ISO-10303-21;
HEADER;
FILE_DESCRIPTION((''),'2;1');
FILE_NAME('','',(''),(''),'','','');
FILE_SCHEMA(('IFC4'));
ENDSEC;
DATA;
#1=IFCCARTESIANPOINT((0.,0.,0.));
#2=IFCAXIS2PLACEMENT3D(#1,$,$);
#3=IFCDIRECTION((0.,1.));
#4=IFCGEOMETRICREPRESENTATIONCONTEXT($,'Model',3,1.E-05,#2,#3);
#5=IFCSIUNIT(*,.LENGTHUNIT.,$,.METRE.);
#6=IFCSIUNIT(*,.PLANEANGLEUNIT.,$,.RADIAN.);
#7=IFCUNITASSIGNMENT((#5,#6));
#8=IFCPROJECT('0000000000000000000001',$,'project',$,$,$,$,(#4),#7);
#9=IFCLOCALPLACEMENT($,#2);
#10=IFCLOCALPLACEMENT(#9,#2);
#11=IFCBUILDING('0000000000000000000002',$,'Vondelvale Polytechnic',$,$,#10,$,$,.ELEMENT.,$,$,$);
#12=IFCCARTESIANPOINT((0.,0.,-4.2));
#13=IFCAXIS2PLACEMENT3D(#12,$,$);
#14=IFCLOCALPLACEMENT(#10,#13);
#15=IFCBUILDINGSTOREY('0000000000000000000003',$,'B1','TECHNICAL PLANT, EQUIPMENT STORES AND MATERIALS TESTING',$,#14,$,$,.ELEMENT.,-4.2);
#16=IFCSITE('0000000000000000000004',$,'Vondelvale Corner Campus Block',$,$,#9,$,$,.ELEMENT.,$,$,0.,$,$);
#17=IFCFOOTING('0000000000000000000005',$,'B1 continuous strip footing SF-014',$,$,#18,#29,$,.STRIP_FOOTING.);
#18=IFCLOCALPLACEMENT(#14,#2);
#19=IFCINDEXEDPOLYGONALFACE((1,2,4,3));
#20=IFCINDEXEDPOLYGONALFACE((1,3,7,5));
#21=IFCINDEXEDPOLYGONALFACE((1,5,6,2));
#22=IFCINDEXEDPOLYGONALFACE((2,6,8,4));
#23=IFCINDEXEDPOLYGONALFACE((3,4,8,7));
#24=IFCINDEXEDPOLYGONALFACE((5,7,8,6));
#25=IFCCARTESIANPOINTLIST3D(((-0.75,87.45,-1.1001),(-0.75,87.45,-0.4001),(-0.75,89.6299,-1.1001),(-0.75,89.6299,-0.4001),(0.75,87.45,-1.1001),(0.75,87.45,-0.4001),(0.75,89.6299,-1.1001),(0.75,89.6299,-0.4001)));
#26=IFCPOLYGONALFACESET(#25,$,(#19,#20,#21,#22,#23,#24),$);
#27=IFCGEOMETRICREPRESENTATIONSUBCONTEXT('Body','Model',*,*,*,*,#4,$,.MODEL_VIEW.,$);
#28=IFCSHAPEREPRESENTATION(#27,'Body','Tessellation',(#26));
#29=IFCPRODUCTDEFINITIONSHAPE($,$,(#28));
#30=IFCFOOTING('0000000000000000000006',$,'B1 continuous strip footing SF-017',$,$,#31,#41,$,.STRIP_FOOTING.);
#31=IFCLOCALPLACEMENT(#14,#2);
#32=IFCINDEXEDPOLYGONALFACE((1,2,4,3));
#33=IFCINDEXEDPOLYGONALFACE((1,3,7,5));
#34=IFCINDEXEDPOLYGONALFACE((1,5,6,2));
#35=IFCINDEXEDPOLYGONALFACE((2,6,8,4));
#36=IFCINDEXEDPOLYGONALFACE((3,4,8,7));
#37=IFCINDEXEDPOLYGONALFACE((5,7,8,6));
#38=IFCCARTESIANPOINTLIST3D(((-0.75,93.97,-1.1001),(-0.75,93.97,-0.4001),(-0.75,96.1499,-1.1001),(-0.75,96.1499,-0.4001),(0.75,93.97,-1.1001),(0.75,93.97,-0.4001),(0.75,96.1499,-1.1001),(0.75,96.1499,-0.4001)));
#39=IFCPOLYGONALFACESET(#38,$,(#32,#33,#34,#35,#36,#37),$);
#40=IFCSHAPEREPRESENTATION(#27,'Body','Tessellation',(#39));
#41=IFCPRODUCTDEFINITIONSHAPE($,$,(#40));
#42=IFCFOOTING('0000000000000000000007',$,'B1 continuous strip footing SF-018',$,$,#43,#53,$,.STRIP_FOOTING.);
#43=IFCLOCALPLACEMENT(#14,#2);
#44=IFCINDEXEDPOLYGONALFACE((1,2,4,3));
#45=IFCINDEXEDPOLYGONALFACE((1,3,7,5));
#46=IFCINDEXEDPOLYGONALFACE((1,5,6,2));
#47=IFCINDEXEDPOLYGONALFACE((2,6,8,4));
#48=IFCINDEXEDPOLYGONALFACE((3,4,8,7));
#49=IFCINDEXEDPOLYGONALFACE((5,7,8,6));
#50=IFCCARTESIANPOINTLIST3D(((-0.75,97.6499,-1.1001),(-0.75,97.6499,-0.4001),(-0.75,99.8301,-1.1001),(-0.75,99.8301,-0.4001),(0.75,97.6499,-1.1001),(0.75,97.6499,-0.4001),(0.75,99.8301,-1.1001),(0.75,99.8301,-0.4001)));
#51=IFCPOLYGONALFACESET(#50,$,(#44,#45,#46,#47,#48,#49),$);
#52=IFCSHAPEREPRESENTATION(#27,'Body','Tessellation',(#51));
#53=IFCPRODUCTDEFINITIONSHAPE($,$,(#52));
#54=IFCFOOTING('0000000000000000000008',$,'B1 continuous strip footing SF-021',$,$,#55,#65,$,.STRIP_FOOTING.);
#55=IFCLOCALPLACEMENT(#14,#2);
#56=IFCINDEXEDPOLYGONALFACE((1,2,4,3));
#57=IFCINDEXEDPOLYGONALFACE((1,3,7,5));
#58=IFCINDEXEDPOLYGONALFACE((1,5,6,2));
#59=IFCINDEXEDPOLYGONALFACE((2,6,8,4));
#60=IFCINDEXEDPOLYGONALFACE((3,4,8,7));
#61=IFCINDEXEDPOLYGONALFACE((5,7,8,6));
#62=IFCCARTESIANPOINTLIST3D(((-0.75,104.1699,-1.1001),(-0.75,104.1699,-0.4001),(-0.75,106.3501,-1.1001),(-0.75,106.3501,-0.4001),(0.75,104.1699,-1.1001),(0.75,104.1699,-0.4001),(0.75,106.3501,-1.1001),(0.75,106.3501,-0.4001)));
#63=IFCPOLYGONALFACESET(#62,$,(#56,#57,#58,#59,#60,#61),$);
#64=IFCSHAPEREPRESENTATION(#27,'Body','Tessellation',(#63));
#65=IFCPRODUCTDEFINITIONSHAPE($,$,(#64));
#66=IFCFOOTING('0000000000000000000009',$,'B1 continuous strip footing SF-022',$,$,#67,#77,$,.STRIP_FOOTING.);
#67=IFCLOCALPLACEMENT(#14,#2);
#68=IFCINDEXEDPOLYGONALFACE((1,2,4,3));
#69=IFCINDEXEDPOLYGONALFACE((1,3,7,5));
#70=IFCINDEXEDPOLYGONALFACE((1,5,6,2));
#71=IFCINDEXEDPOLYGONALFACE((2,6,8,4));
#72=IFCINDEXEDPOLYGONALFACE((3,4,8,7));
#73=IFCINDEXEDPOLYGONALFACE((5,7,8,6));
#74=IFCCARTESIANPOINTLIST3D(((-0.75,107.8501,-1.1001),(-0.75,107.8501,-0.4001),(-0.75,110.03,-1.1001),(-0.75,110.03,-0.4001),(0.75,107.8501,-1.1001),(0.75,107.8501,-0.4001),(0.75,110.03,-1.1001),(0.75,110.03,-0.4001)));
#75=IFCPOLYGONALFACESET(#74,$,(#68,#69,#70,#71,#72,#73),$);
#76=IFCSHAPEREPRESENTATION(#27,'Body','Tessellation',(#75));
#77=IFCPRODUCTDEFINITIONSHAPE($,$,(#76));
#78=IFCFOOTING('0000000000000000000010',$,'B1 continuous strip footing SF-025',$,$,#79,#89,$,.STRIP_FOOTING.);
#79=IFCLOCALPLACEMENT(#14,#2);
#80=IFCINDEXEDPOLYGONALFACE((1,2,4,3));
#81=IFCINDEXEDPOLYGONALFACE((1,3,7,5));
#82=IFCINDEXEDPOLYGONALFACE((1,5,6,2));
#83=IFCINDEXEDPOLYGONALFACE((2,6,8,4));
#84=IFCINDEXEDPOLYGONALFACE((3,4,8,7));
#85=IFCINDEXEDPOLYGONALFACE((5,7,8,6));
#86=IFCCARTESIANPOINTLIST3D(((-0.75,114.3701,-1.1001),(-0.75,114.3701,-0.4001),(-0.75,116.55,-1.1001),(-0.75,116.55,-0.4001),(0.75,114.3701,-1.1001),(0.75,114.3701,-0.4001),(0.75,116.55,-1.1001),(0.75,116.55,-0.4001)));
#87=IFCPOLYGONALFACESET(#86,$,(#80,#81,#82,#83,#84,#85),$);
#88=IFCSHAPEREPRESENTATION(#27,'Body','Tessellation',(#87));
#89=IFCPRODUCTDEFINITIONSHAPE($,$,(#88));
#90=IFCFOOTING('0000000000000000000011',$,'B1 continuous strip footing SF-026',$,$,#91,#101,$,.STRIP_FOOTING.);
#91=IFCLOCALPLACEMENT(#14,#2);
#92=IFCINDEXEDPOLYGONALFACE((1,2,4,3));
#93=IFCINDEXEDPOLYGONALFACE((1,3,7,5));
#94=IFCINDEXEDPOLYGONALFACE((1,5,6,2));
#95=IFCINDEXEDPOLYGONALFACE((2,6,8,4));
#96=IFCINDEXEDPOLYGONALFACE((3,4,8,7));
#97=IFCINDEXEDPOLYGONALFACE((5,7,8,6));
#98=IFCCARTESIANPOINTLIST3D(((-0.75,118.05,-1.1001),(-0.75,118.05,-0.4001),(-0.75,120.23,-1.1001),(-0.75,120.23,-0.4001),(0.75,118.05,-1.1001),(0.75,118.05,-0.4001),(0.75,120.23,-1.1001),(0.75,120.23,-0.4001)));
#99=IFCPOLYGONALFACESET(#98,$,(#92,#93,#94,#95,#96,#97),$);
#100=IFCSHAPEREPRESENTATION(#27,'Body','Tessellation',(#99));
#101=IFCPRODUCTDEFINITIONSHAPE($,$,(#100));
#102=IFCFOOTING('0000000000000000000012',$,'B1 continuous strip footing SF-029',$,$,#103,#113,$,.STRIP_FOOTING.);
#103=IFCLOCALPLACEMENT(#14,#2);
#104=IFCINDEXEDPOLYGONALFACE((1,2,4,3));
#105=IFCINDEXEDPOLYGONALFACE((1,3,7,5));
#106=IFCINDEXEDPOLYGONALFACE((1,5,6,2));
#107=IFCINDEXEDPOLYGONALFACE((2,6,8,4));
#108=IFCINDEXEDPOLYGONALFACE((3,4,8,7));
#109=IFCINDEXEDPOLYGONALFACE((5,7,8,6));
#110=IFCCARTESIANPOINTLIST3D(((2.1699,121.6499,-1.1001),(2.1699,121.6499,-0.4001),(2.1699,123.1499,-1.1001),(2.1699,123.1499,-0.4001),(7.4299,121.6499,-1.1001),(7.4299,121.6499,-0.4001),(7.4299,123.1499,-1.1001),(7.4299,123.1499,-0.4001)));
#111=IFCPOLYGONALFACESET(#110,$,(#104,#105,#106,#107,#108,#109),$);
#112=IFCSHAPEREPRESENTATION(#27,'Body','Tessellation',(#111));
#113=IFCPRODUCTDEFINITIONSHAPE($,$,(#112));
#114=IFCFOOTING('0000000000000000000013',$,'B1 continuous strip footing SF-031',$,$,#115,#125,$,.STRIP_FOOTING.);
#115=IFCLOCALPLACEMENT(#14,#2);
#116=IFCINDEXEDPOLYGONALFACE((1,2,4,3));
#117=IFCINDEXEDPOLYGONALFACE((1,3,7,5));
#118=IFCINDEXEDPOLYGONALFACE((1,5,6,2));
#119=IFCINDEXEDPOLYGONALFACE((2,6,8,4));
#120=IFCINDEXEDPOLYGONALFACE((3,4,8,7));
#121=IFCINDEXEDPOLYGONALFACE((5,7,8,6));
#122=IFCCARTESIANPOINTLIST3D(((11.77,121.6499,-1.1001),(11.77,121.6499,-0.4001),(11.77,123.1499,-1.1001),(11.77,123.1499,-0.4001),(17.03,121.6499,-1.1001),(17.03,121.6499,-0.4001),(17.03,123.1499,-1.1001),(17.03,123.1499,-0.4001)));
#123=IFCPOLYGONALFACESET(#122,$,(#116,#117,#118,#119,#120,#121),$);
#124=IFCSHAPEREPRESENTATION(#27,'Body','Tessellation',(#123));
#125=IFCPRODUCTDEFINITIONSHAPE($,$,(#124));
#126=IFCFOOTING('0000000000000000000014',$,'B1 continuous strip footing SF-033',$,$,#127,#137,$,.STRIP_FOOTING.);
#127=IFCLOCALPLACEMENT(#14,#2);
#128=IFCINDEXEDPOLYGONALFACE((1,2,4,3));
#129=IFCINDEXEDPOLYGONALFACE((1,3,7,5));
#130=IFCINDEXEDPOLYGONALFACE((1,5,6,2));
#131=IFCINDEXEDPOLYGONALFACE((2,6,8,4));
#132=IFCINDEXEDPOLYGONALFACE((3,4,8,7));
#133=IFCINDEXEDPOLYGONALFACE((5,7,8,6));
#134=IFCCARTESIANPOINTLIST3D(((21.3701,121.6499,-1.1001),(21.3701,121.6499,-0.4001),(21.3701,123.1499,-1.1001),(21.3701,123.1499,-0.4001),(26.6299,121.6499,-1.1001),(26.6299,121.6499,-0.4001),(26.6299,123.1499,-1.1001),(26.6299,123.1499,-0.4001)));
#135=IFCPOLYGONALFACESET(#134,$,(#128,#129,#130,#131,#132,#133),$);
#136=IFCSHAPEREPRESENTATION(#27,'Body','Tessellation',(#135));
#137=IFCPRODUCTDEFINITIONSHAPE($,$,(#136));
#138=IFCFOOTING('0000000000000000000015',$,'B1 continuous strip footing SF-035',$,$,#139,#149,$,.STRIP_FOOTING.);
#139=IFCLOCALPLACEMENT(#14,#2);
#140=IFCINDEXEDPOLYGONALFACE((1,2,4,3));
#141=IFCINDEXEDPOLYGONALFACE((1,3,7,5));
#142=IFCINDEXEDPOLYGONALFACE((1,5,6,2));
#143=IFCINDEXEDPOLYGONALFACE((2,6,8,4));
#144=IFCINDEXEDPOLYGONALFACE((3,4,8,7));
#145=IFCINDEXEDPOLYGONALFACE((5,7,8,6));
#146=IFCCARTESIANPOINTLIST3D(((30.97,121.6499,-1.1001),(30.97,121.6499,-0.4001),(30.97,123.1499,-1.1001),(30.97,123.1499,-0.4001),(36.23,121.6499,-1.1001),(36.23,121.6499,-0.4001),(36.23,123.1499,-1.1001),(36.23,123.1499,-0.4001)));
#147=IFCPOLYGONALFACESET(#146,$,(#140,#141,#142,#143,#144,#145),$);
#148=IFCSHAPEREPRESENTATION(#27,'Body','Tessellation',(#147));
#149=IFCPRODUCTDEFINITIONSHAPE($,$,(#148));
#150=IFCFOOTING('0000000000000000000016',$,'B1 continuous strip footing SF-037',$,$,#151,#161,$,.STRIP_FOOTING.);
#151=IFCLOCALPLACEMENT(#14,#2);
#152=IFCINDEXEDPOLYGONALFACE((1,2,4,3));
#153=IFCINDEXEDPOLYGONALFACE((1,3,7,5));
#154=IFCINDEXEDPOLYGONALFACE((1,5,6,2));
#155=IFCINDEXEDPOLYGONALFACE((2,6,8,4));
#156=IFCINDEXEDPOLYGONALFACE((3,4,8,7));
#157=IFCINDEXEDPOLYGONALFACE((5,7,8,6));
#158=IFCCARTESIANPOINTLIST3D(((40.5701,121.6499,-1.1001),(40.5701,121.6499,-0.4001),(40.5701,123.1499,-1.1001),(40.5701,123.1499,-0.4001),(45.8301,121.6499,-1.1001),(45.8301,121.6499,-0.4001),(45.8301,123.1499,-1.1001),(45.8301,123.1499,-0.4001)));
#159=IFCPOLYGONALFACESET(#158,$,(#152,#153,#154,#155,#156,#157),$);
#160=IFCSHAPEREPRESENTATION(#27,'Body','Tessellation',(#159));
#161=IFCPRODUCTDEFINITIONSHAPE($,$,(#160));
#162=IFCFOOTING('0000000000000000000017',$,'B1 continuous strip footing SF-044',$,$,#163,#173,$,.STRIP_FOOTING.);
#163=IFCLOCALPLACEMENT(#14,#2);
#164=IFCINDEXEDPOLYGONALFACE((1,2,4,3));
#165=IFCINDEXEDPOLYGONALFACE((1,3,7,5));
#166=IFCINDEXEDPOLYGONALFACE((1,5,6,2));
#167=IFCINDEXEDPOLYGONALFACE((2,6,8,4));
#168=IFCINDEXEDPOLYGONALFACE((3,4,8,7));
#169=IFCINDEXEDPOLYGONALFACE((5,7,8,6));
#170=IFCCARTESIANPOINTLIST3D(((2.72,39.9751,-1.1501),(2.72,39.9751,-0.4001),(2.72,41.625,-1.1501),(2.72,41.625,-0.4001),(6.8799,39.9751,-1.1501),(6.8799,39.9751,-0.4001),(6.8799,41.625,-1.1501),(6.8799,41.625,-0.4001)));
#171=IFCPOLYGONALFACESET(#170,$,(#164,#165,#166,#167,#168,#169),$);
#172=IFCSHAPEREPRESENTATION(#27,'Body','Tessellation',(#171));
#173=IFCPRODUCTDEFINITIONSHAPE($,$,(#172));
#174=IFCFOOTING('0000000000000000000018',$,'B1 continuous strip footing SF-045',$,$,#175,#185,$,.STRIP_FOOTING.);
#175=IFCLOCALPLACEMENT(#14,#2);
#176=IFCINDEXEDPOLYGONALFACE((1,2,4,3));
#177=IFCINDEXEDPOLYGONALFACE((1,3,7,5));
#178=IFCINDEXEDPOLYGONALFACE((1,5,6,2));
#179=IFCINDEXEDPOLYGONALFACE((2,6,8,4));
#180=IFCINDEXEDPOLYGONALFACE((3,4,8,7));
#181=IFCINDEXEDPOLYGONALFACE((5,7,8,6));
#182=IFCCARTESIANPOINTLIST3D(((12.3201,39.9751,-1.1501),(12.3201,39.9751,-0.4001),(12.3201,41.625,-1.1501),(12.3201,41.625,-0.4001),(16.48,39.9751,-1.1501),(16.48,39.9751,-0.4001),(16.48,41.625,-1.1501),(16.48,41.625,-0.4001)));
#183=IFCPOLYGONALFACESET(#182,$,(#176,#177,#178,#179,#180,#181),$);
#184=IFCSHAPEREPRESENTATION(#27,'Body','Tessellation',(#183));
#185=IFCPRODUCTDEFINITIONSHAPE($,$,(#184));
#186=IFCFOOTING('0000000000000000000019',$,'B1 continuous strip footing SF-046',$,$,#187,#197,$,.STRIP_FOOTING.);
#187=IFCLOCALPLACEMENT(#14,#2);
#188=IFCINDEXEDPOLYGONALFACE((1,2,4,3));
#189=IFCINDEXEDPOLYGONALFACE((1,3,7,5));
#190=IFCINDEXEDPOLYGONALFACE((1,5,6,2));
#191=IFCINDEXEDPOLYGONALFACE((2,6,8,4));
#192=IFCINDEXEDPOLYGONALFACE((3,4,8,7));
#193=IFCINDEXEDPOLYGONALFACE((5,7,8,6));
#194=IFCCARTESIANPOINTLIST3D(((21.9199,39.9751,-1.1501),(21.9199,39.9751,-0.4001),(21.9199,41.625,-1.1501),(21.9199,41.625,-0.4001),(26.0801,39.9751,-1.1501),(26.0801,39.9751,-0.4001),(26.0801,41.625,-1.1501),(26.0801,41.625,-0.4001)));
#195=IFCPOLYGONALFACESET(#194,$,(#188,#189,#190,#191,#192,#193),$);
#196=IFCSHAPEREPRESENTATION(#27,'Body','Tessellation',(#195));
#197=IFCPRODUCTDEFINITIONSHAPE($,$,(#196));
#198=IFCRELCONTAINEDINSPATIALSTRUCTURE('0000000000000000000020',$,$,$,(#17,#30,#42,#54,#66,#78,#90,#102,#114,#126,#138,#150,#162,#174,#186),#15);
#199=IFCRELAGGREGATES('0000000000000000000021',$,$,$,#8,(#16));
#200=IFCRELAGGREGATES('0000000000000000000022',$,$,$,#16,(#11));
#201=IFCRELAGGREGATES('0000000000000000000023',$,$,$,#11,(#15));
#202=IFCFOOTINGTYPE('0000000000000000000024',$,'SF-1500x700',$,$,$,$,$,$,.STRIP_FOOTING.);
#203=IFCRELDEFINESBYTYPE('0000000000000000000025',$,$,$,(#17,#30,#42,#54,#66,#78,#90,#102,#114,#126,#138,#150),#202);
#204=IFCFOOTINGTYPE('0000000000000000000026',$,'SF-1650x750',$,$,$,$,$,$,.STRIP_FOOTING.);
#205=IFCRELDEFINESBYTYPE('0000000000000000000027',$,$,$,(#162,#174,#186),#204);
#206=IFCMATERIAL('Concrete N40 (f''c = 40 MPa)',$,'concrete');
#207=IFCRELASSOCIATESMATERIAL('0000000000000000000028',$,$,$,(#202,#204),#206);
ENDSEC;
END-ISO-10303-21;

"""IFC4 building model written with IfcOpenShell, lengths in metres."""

from ifc_helpers import new_model, si_unit, direction, frame, origin, place, context, subcontext, project, spatial, polyline, outline, extrude, material, type_object, element, save


model = new_model("IFC4")

# Units and contexts
model_context = context("Model", 3, precision=1e-05, world=origin(), true_north=direction((0.0, 1.0)))
body_context = subcontext(model_context, "Body", "Model", "MODEL_VIEW")
ifc_project = project(units=[si_unit("LENGTHUNIT", "METRE"), si_unit("PLANEANGLEUNIT", "RADIAN")], contexts=[model_context])

# Site, building, storey
site_placement = place(None, origin())
site = spatial("IfcSite", under=ifc_project, at=site_placement, Name="Vondelvale Corner Campus Block", CompositionType="ELEMENT", RefElevation=0.0)
building_placement = place(site_placement, origin())
building = spatial("IfcBuilding", under=site, at=building_placement, Name="Vondelvale Polytechnic", CompositionType="ELEMENT")
storey_placement = place(building_placement, frame((0.0, 0.0, -4.2)))
storey = spatial("IfcBuildingStorey", under=building, at=storey_placement, Name="B1", Description="TECHNICAL PLANT, EQUIPMENT STORES AND MATERIALS TESTING", CompositionType="ELEMENT", Elevation=-4.2)

# Footings
ifc_material = material(Name="Concrete N40 (f'c = 40 MPa)", Category="concrete")
footing_type_1 = type_object("IfcFootingType", Name="SF-1500x700", PredefinedType="STRIP_FOOTING", material=ifc_material)
footing_1_placement = place(storey_placement, frame((0.0, 0.0, -1.1001)))
element("IfcFooting", 1, at=footing_1_placement, inside=storey, type_object=footing_type_1, Name="B1 continuous strip footing SF-014", PredefinedType="STRIP_FOOTING", context=body_context, shape_type="SweptSolid", body=[
    extrude(outline(polyline([(0.75, 87.45), (-0.75, 87.45), (-0.75, 89.6299), (0.75, 89.6299), (0.75, 87.45)])), origin(), (0.0, 0.0, 1.0), 0.7),
])
footing_2_placement = place(storey_placement, frame((0.0, 0.0, -1.1001)))
element("IfcFooting", 2, at=footing_2_placement, inside=storey, type_object=footing_type_1, Name="B1 continuous strip footing SF-017", PredefinedType="STRIP_FOOTING", context=body_context, shape_type="SweptSolid", body=[
    extrude(outline(polyline([(0.75, 93.97), (-0.75, 93.97), (-0.75, 96.1499), (0.75, 96.1499), (0.75, 93.97)])), origin(), (0.0, 0.0, 1.0), 0.7),
])
footing_3_placement = place(storey_placement, frame((0.0, 0.0, -1.1001)))
element("IfcFooting", 3, at=footing_3_placement, inside=storey, type_object=footing_type_1, Name="B1 continuous strip footing SF-018", PredefinedType="STRIP_FOOTING", context=body_context, shape_type="SweptSolid", body=[
    extrude(outline(polyline([(0.75, 97.6499), (-0.75, 97.6499), (-0.75, 99.8301), (0.75, 99.8301), (0.75, 97.6499)])), origin(), (0.0, 0.0, 1.0), 0.7),
])
footing_4_placement = place(storey_placement, frame((0.0, 0.0, -1.1001)))
element("IfcFooting", 4, at=footing_4_placement, inside=storey, type_object=footing_type_1, Name="B1 continuous strip footing SF-021", PredefinedType="STRIP_FOOTING", context=body_context, shape_type="SweptSolid", body=[
    extrude(outline(polyline([(0.75, 104.1699), (-0.75, 104.1699), (-0.75, 106.3501), (0.75, 106.3501), (0.75, 104.1699)])), origin(), (0.0, 0.0, 1.0), 0.7),
])
footing_5_placement = place(storey_placement, frame((0.0, 0.0, -1.1001)))
element("IfcFooting", 5, at=footing_5_placement, inside=storey, type_object=footing_type_1, Name="B1 continuous strip footing SF-022", PredefinedType="STRIP_FOOTING", context=body_context, shape_type="SweptSolid", body=[
    extrude(outline(polyline([(0.75, 107.8501), (-0.75, 107.8501), (-0.75, 110.03), (0.75, 110.03), (0.75, 107.8501)])), origin(), (0.0, 0.0, 1.0), 0.7),
])
footing_6_placement = place(storey_placement, frame((0.0, 0.0, -1.1001)))
element("IfcFooting", 6, at=footing_6_placement, inside=storey, type_object=footing_type_1, Name="B1 continuous strip footing SF-025", PredefinedType="STRIP_FOOTING", context=body_context, shape_type="SweptSolid", body=[
    extrude(outline(polyline([(0.75, 114.3701), (-0.75, 114.3701), (-0.75, 116.55), (0.75, 116.55), (0.75, 114.3701)])), origin(), (0.0, 0.0, 1.0), 0.7),
])
footing_7_placement = place(storey_placement, frame((0.0, 0.0, -1.1001)))
element("IfcFooting", 7, at=footing_7_placement, inside=storey, type_object=footing_type_1, Name="B1 continuous strip footing SF-026", PredefinedType="STRIP_FOOTING", context=body_context, shape_type="SweptSolid", body=[
    extrude(outline(polyline([(0.75, 118.05), (-0.75, 118.05), (-0.75, 120.23), (0.75, 120.23), (0.75, 118.05)])), origin(), (0.0, 0.0, 1.0), 0.7),
])
footing_8_placement = place(storey_placement, frame((0.0, 0.0, -1.1001)))
element("IfcFooting", 8, at=footing_8_placement, inside=storey, type_object=footing_type_1, Name="B1 continuous strip footing SF-029", PredefinedType="STRIP_FOOTING", context=body_context, shape_type="SweptSolid", body=[
    extrude(outline(polyline([(2.1699, 121.6499), (2.1699, 123.1499), (7.4299, 123.1499), (7.4299, 121.6499), (2.1699, 121.6499)])), origin(), (0.0, 0.0, 1.0), 0.7),
])
footing_9_placement = place(storey_placement, frame((0.0, 0.0, -1.1001)))
element("IfcFooting", 9, at=footing_9_placement, inside=storey, type_object=footing_type_1, Name="B1 continuous strip footing SF-031", PredefinedType="STRIP_FOOTING", context=body_context, shape_type="SweptSolid", body=[
    extrude(outline(polyline([(11.77, 121.6499), (11.77, 123.1499), (17.03, 123.1499), (17.03, 121.6499), (11.77, 121.6499)])), origin(), (0.0, 0.0, 1.0), 0.7),
])
footing_10_placement = place(storey_placement, frame((0.0, 0.0, -1.1001)))
element("IfcFooting", 10, at=footing_10_placement, inside=storey, type_object=footing_type_1, Name="B1 continuous strip footing SF-033", PredefinedType="STRIP_FOOTING", context=body_context, shape_type="SweptSolid", body=[
    extrude(outline(polyline([(21.3701, 121.6499), (21.3701, 123.1499), (26.6299, 123.1499), (26.6299, 121.6499), (21.3701, 121.6499)])), origin(), (0.0, 0.0, 1.0), 0.7),
])
footing_11_placement = place(storey_placement, frame((0.0, 0.0, -1.1001)))
element("IfcFooting", 11, at=footing_11_placement, inside=storey, type_object=footing_type_1, Name="B1 continuous strip footing SF-035", PredefinedType="STRIP_FOOTING", context=body_context, shape_type="SweptSolid", body=[
    extrude(outline(polyline([(30.97, 121.6499), (30.97, 123.1499), (36.23, 123.1499), (36.23, 121.6499), (30.97, 121.6499)])), origin(), (0.0, 0.0, 1.0), 0.7),
])
footing_12_placement = place(storey_placement, frame((0.0, 0.0, -1.1001)))
element("IfcFooting", 12, at=footing_12_placement, inside=storey, type_object=footing_type_1, Name="B1 continuous strip footing SF-037", PredefinedType="STRIP_FOOTING", context=body_context, shape_type="SweptSolid", body=[
    extrude(outline(polyline([(40.5701, 121.6499), (40.5701, 123.1499), (45.8301, 123.1499), (45.8301, 121.6499), (40.5701, 121.6499)])), origin(), (0.0, 0.0, 1.0), 0.7),
])
footing_type_2 = type_object("IfcFootingType", Name="SF-1650x750", PredefinedType="STRIP_FOOTING", material=ifc_material)
footing_13_placement = place(storey_placement, frame((0.0, 0.0, -1.1501)))
element("IfcFooting", 13, at=footing_13_placement, inside=storey, type_object=footing_type_2, Name="B1 continuous strip footing SF-044", PredefinedType="STRIP_FOOTING", context=body_context, shape_type="SweptSolid", body=[
    extrude(outline(polyline([(2.72, 39.9751), (2.72, 41.625), (6.8799, 41.625), (6.8799, 39.9751), (2.72, 39.9751)])), origin(), (0.0, 0.0, 1.0), 0.75),
])
footing_14_placement = place(storey_placement, frame((0.0, 0.0, -1.1501)))
element("IfcFooting", 14, at=footing_14_placement, inside=storey, type_object=footing_type_2, Name="B1 continuous strip footing SF-045", PredefinedType="STRIP_FOOTING", context=body_context, shape_type="SweptSolid", body=[
    extrude(outline(polyline([(12.3201, 39.9751), (12.3201, 41.625), (16.48, 41.625), (16.48, 39.9751), (12.3201, 39.9751)])), origin(), (0.0, 0.0, 1.0), 0.75),
])
footing_15_placement = place(storey_placement, frame((0.0, 0.0, -1.1501)))
element("IfcFooting", 15, at=footing_15_placement, inside=storey, type_object=footing_type_2, Name="B1 continuous strip footing SF-046", PredefinedType="STRIP_FOOTING", context=body_context, shape_type="SweptSolid", body=[
    extrude(outline(polyline([(21.9199, 39.9751), (21.9199, 41.625), (26.0801, 41.625), (26.0801, 39.9751), (21.9199, 39.9751)])), origin(), (0.0, 0.0, 1.0), 0.75),
])

save(model, "model.ifc")
